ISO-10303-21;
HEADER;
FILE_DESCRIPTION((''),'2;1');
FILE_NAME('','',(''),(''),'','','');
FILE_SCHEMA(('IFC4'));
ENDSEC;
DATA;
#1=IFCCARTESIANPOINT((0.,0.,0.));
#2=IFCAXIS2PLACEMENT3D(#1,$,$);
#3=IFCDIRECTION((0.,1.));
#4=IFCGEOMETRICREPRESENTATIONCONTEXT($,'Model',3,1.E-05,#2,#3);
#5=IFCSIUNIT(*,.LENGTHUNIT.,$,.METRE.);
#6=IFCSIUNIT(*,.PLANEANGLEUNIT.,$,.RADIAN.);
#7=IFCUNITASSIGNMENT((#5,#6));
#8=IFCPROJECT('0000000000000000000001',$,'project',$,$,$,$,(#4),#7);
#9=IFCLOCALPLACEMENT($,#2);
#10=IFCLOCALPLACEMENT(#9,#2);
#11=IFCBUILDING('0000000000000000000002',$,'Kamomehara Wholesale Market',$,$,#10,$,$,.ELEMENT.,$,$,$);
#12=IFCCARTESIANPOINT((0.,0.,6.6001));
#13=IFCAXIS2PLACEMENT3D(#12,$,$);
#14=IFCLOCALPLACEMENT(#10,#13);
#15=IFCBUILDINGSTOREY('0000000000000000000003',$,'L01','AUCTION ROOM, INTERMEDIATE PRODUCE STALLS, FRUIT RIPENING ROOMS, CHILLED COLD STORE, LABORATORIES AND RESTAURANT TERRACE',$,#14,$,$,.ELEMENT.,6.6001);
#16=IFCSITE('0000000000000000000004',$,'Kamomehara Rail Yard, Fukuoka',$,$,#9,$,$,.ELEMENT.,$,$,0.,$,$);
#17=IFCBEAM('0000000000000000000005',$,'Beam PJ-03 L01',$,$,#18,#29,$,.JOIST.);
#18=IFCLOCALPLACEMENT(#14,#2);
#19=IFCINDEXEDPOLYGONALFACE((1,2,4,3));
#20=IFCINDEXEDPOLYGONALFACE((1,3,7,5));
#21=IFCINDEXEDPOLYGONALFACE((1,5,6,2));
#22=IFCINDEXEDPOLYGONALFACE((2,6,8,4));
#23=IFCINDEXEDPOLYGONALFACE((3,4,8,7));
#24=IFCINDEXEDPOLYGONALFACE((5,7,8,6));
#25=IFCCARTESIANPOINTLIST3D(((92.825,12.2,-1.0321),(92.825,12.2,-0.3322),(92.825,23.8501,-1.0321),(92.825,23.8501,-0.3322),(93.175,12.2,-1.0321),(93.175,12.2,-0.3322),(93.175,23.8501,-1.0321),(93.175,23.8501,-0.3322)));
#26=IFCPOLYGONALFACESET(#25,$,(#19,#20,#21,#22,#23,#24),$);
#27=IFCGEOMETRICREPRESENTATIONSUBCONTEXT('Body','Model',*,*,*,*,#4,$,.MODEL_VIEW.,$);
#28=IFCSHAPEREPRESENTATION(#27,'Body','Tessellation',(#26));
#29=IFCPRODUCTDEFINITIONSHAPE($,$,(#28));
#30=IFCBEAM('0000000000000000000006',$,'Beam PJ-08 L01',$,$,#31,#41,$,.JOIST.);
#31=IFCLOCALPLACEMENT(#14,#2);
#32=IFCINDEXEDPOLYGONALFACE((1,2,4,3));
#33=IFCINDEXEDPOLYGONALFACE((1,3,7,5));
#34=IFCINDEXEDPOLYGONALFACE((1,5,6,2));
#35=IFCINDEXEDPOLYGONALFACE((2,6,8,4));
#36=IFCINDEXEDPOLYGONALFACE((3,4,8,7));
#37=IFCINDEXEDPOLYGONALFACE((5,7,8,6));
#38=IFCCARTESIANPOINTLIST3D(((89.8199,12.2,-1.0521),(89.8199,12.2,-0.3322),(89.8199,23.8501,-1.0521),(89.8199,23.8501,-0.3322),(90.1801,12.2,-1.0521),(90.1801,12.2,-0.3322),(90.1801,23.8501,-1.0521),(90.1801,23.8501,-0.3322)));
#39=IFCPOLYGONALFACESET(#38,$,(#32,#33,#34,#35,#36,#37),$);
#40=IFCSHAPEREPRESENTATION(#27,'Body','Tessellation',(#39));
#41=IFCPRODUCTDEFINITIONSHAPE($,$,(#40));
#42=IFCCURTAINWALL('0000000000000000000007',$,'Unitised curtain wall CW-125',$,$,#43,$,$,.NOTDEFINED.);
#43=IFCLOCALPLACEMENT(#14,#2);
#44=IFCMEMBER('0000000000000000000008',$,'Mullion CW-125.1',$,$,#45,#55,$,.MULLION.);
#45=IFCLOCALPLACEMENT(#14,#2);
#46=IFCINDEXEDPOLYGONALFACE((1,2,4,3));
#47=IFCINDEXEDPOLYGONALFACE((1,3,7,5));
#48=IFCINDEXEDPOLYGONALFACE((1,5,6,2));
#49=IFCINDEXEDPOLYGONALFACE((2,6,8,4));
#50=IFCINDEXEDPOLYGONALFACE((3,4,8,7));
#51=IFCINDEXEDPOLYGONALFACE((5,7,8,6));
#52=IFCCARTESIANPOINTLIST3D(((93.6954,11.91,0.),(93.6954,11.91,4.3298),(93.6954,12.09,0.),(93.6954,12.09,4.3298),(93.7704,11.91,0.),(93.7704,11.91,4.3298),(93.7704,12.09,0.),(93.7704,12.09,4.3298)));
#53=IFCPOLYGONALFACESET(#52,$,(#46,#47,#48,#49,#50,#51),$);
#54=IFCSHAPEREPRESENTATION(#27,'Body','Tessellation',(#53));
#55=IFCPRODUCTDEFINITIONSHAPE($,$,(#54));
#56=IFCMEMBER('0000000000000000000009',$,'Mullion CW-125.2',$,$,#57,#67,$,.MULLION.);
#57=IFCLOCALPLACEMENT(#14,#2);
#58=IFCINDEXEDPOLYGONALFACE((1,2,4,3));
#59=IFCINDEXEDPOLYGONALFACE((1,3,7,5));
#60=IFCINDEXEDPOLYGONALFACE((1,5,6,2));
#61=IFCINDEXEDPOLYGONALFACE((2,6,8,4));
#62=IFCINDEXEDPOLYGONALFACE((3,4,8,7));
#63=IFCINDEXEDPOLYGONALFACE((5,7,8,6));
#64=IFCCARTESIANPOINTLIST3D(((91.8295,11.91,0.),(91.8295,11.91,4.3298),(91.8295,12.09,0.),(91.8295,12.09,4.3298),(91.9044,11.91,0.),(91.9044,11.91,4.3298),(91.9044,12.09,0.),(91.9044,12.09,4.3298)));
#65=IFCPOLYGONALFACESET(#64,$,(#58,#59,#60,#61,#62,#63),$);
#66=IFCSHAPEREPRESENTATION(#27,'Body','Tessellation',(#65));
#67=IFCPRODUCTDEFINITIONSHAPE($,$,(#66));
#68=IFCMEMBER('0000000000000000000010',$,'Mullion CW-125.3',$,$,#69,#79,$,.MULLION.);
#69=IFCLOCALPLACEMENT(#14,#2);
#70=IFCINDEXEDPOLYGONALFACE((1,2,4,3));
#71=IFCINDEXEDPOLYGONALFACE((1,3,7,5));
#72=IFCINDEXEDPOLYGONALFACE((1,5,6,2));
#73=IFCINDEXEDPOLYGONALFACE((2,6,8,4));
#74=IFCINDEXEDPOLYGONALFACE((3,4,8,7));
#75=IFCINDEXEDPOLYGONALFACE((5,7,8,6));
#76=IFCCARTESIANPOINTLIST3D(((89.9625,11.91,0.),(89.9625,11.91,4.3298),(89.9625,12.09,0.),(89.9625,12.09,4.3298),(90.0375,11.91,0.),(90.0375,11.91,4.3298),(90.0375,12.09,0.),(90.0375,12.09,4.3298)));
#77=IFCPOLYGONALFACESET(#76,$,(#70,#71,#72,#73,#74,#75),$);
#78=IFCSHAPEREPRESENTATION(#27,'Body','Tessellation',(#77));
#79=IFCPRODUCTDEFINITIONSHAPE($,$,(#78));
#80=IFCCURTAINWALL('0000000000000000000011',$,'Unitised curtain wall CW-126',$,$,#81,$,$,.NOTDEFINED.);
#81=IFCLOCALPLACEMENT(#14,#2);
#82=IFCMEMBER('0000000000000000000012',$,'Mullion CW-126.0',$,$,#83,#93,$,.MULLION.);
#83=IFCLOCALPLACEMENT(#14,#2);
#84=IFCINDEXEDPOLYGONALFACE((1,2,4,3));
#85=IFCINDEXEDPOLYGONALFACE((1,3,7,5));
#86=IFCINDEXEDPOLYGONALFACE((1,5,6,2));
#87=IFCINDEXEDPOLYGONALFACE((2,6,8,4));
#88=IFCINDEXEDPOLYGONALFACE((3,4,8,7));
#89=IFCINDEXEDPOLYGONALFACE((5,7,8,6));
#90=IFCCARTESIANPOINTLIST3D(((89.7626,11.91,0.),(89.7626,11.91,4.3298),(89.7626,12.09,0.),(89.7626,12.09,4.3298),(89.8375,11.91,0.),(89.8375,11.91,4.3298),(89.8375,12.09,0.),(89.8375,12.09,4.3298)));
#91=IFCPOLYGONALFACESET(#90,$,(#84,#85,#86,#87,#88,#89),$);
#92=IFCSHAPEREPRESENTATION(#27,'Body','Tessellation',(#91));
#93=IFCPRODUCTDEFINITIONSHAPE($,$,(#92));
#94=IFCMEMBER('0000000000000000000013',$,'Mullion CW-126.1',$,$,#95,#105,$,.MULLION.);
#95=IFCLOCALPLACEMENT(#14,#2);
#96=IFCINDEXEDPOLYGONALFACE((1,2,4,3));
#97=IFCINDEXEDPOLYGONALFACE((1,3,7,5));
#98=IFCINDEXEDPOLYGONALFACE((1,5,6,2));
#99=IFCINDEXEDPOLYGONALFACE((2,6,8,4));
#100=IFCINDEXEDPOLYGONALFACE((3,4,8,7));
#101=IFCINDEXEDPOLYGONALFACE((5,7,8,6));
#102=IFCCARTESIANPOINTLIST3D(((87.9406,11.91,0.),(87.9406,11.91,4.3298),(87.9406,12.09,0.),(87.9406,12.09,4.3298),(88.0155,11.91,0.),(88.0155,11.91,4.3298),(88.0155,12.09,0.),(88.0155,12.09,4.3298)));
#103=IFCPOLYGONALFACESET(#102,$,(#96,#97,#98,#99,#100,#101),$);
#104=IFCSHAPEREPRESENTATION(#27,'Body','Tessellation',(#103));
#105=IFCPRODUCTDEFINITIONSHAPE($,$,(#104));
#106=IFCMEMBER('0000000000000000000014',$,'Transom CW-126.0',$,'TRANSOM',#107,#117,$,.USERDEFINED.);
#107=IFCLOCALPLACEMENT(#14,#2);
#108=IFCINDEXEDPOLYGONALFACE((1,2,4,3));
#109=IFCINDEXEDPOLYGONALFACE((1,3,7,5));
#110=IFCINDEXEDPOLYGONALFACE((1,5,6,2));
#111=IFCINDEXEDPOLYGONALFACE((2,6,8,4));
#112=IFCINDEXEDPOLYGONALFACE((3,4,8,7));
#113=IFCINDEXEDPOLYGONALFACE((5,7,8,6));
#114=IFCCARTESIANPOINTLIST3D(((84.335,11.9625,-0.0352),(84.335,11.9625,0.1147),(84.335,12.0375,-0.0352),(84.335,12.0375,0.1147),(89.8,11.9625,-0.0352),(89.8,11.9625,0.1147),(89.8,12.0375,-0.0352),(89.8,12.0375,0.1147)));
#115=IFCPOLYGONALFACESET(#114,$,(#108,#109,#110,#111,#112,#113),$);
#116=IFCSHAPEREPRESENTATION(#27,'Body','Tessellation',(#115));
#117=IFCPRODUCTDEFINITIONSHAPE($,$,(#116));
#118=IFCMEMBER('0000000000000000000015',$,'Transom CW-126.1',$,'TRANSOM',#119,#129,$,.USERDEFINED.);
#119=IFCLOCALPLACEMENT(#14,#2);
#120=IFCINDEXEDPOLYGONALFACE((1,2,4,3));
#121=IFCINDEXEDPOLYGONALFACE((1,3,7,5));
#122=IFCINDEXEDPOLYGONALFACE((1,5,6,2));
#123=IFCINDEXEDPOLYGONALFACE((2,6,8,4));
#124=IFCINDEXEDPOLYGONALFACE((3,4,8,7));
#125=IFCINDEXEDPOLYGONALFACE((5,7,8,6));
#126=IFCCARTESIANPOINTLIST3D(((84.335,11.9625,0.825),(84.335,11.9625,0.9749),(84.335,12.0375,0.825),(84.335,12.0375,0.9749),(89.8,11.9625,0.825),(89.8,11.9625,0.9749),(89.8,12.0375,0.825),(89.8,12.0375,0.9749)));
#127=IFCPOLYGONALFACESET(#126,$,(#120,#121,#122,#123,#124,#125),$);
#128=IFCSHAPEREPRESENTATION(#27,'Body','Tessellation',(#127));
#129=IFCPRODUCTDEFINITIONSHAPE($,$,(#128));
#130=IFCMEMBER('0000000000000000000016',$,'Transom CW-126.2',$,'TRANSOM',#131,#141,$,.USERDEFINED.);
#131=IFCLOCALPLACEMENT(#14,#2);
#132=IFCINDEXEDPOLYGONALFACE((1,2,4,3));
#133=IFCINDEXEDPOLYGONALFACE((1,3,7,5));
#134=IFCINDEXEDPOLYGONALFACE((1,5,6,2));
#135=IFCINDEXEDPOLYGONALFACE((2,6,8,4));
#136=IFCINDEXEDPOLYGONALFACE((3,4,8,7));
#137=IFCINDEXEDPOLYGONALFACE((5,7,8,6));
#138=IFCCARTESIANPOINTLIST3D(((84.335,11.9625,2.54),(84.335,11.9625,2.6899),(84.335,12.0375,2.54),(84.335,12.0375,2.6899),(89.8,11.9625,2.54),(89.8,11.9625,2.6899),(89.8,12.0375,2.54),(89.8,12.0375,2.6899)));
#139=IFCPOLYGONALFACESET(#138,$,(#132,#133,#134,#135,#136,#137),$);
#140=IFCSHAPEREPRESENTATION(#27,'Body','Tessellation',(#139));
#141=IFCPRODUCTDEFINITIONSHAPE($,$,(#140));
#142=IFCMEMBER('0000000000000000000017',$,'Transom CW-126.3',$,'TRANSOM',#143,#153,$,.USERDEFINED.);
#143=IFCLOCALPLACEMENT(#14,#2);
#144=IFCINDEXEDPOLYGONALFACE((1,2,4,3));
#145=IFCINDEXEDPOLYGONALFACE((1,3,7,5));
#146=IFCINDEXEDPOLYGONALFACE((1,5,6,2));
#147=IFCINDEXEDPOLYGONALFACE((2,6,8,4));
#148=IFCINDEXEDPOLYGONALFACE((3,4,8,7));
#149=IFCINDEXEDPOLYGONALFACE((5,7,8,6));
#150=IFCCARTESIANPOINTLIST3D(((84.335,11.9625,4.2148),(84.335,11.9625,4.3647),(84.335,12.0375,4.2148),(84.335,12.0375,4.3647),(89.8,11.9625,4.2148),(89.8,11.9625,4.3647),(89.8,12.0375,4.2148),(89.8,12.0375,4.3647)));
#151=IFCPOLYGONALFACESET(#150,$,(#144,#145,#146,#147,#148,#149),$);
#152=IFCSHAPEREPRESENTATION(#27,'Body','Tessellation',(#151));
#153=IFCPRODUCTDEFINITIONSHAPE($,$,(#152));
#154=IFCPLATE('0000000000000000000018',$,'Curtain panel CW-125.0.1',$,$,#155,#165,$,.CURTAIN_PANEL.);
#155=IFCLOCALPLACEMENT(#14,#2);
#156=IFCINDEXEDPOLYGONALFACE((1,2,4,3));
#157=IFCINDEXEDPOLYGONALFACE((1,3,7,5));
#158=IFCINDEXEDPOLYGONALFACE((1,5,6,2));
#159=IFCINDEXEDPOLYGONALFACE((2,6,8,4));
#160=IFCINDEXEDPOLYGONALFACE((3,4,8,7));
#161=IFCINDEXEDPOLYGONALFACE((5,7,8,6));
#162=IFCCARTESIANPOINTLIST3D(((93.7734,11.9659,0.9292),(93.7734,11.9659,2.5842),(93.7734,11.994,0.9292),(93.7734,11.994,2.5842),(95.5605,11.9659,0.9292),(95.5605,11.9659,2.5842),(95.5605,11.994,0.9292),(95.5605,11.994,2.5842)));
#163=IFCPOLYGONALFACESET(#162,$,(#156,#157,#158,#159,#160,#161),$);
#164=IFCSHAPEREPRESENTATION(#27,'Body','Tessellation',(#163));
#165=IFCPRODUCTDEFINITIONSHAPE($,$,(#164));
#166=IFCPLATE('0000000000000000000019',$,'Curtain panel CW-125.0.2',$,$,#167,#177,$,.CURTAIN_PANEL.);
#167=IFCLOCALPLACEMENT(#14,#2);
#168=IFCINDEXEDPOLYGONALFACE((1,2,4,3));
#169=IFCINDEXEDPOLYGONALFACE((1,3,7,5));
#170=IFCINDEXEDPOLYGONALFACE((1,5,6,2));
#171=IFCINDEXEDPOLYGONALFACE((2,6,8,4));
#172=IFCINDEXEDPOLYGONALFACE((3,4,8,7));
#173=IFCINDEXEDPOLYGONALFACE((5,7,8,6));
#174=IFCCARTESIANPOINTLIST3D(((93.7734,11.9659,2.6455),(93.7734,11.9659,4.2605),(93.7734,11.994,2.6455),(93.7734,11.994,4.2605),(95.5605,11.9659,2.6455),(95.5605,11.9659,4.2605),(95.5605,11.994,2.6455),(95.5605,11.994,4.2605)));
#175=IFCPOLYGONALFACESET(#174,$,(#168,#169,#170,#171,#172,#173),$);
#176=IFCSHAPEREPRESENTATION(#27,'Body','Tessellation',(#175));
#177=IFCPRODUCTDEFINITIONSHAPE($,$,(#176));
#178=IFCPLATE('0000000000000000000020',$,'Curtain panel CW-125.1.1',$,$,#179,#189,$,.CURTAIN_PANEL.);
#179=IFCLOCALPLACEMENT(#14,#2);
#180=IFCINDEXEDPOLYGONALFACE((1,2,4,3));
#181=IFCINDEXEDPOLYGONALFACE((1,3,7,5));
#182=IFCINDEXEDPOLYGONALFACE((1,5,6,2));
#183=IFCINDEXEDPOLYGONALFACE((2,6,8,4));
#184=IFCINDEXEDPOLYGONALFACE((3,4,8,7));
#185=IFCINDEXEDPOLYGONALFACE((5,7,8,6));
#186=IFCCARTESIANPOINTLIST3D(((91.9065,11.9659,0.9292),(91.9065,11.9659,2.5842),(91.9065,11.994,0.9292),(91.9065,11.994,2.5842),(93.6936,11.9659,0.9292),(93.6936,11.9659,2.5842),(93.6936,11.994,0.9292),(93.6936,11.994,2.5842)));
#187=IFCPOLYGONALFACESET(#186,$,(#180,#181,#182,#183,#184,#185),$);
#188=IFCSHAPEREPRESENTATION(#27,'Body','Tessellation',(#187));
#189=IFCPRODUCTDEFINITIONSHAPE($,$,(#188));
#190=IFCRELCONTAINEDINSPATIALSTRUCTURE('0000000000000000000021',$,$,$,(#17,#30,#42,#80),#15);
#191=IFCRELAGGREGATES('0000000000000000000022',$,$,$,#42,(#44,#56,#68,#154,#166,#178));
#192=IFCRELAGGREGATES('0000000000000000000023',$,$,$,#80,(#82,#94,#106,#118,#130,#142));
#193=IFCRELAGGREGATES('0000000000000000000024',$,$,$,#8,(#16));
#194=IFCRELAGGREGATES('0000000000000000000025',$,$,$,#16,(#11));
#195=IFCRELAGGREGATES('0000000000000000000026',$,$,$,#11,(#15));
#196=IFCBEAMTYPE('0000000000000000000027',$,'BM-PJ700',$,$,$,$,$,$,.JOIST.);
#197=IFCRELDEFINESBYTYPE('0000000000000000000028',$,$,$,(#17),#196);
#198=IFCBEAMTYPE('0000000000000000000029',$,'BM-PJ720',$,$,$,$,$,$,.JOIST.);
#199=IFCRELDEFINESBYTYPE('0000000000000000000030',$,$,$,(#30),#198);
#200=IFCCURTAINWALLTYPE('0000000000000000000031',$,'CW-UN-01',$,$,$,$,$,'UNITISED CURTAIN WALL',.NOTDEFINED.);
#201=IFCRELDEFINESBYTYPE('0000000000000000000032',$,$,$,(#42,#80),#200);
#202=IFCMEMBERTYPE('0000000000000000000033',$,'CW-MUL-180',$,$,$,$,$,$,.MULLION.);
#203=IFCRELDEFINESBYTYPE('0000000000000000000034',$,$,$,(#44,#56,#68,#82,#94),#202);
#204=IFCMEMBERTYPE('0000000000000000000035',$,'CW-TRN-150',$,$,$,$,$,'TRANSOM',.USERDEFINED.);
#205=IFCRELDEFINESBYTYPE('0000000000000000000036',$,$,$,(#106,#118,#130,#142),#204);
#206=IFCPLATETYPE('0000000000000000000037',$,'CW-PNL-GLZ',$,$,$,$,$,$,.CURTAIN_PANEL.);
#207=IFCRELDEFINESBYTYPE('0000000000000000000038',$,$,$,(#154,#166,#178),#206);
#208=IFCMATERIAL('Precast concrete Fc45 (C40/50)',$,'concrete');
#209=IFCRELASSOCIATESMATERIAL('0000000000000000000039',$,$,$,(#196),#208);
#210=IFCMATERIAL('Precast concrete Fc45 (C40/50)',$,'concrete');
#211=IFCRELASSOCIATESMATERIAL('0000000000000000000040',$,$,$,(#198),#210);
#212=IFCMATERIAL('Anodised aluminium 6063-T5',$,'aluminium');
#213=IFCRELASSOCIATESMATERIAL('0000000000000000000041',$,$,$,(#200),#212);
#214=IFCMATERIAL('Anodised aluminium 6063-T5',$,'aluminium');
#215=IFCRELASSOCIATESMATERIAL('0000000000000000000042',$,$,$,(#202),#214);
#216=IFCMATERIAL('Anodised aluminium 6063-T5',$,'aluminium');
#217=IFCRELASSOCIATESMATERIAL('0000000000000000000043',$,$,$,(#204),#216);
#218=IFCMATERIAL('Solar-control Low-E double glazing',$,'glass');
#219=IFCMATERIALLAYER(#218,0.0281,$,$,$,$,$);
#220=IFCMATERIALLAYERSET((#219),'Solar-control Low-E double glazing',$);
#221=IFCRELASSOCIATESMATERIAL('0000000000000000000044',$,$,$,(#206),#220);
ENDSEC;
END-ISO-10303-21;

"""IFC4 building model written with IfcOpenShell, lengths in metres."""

from ifc_helpers import new_model, si_unit, direction, frame, origin, origin_2d, place, context, subcontext, project, spatial, rectangle, extrude, material, layer, layer_set, material_profile, profile_set, type_object, element, aggregate, save


model = new_model("IFC4")

# Units and contexts
model_context = context("Model", 3, precision=1e-05, world=origin(), true_north=direction((0.0, 1.0)))
body_context = subcontext(model_context, "Body", "Model", "MODEL_VIEW")
ifc_project = project(units=[si_unit("LENGTHUNIT", "METRE"), si_unit("PLANEANGLEUNIT", "RADIAN")], contexts=[model_context])

# Site, building, storey
site_placement = place(None, origin())
site = spatial("IfcSite", under=ifc_project, at=site_placement, Name="Kamomehara Rail Yard, Fukuoka", CompositionType="ELEMENT", RefElevation=0.0)
building_placement = place(site_placement, origin())
building = spatial("IfcBuilding", under=site, at=building_placement, Name="Kamomehara Wholesale Market", CompositionType="ELEMENT")
storey_placement = place(building_placement, frame((0.0, 0.0, 6.6001)))
storey = spatial("IfcBuildingStorey", under=building, at=storey_placement, Name="L01", Description="AUCTION ROOM, INTERMEDIATE PRODUCE STALLS, FRUIT RIPENING ROOMS, CHILLED COLD STORE, LABORATORIES AND RESTAURANT TERRACE", CompositionType="ELEMENT", Elevation=6.6001)

# Beams
ifc_material_1 = material(Name="Precast concrete Fc45 (C40/50)", Category="concrete")
ifc_material_profile_1 = material_profile(ifc_material_1, rectangle(XDim=0.3501, YDim=0.7, at=origin_2d()), Name="PC-JST-350x700")
ifc_profile_set_1 = profile_set([ifc_material_profile_1], Name="Precast concrete Fc45 (C40/50)")
beam_type_1 = type_object("IfcBeamType", Name="BM-PJ700", PredefinedType="JOIST", material=ifc_profile_set_1)
beam_1_placement = place(storey_placement, frame((93.0, 12.2, -0.6821), z_axis=(0.0, 1.0, 0.0), x_axis=(-1.0, 0.0, 0.0)))
element("IfcBeam", 1, at=beam_1_placement, inside=storey, type_object=beam_type_1, Name="Beam PJ-03 L01", PredefinedType="JOIST", context=body_context, shape_type="SweptSolid", body=[
    extrude(rectangle(XDim=0.3501, YDim=0.7, at=origin_2d()), origin(), (0.0, 0.0, 1.0), 11.6501),
])
ifc_material_2 = material(Name="Precast concrete Fc45 (C40/50)", Category="concrete")
ifc_material_profile_2 = material_profile(ifc_material_2, rectangle(XDim=0.3601, YDim=0.72, at=origin_2d()), Name="PC-JST-360x720")
ifc_profile_set_2 = profile_set([ifc_material_profile_2], Name="Precast concrete Fc45 (C40/50)")
beam_type_2 = type_object("IfcBeamType", Name="BM-PJ720", PredefinedType="JOIST", material=ifc_profile_set_2)
beam_2_placement = place(storey_placement, frame((90.0, 12.2, -0.6921), z_axis=(0.0, 1.0, 0.0), x_axis=(-1.0, 0.0, 0.0)))
element("IfcBeam", 2, at=beam_2_placement, inside=storey, type_object=beam_type_2, Name="Beam PJ-08 L01", PredefinedType="JOIST", context=body_context, shape_type="SweptSolid", body=[
    extrude(rectangle(XDim=0.3601, YDim=0.72, at=origin_2d()), origin(), (0.0, 0.0, 1.0), 11.6501),
])

# Curtain walls, members
ifc_material_3 = material(Name="Anodised aluminium 6063-T5", Category="aluminium")
curtain_wall_type = type_object("IfcCurtainWallType", Name="CW-UN-01", ElementType="UNITISED CURTAIN WALL", PredefinedType="NOTDEFINED", material=ifc_material_3)
curtain_wall_1_placement = place(storey_placement, origin())
curtain_wall_1 = element("IfcCurtainWall", 3, at=curtain_wall_1_placement, inside=storey, type_object=curtain_wall_type, Name="Unitised curtain wall CW-125", PredefinedType="NOTDEFINED")
ifc_material_4 = material(Name="Anodised aluminium 6063-T5", Category="aluminium")
ifc_material_profile_3 = material_profile(ifc_material_4, rectangle(XDim=0.075, YDim=0.1799, at=origin_2d()), Name="ALU-MUL-75x180")
ifc_profile_set_3 = profile_set([ifc_material_profile_3], Name="Anodised aluminium 6063-T5")
member_type_1 = type_object("IfcMemberType", Name="CW-MUL-180", PredefinedType="MULLION", material=ifc_profile_set_3)
member_1_placement = place(storey_placement, frame((93.7329, 12.0, 0.0), z_axis=(0.0, 0.0, 1.0), x_axis=(-1.0, 0.0, 0.0)))
member_1 = element("IfcMember", 4, at=member_1_placement, type_object=member_type_1, Name="Mullion CW-125.1", PredefinedType="MULLION", context=body_context, shape_type="SweptSolid", body=[
    extrude(rectangle(XDim=0.075, YDim=0.1799, at=origin_2d()), origin(), (0.0, 0.0, 1.0), 4.3298),
])
member_2_placement = place(storey_placement, frame((91.8669, 12.0, 0.0), z_axis=(0.0, 0.0, 1.0), x_axis=(-1.0, 0.0, 0.0)))
member_2 = element("IfcMember", 5, at=member_2_placement, type_object=member_type_1, Name="Mullion CW-125.2", PredefinedType="MULLION", context=body_context, shape_type="SweptSolid", body=[
    extrude(rectangle(XDim=0.075, YDim=0.1799, at=origin_2d()), origin(), (0.0, 0.0, 1.0), 4.3298),
])
member_3_placement = place(storey_placement, frame((90.0, 12.0, 0.0), z_axis=(0.0, 0.0, 1.0), x_axis=(-1.0, 0.0, 0.0)))
member_3 = element("IfcMember", 6, at=member_3_placement, type_object=member_type_1, Name="Mullion CW-125.3", PredefinedType="MULLION", context=body_context, shape_type="SweptSolid", body=[
    extrude(rectangle(XDim=0.075, YDim=0.1799, at=origin_2d()), origin(), (0.0, 0.0, 1.0), 4.3298),
])
curtain_wall_2_placement = place(storey_placement, origin())
curtain_wall_2 = element("IfcCurtainWall", 7, at=curtain_wall_2_placement, inside=storey, type_object=curtain_wall_type, Name="Unitised curtain wall CW-126", PredefinedType="NOTDEFINED")
member_4_placement = place(storey_placement, frame((89.8, 12.0, 0.0), z_axis=(0.0, 0.0, 1.0), x_axis=(-1.0, 0.0, 0.0)))
member_4 = element("IfcMember", 8, at=member_4_placement, type_object=member_type_1, Name="Mullion CW-126.0", PredefinedType="MULLION", context=body_context, shape_type="SweptSolid", body=[
    extrude(rectangle(XDim=0.075, YDim=0.1799, at=origin_2d()), origin(), (0.0, 0.0, 1.0), 4.3298),
])
member_5_placement = place(storey_placement, frame((87.978, 12.0, 0.0), z_axis=(0.0, 0.0, 1.0), x_axis=(-1.0, 0.0, 0.0)))
member_5 = element("IfcMember", 9, at=member_5_placement, type_object=member_type_1, Name="Mullion CW-126.1", PredefinedType="MULLION", context=body_context, shape_type="SweptSolid", body=[
    extrude(rectangle(XDim=0.075, YDim=0.1799, at=origin_2d()), origin(), (0.0, 0.0, 1.0), 4.3298),
])
ifc_material_5 = material(Name="Anodised aluminium 6063-T5", Category="aluminium")
ifc_material_profile_4 = material_profile(ifc_material_5, rectangle(XDim=0.075, YDim=0.1499, at=origin_2d()), Name="ALU-TRN-75x150")
ifc_profile_set_4 = profile_set([ifc_material_profile_4], Name="Anodised aluminium 6063-T5")
member_type_2 = type_object("IfcMemberType", Name="CW-TRN-150", ElementType="TRANSOM", PredefinedType="USERDEFINED", material=ifc_profile_set_4)
member_6_placement = place(storey_placement, frame((89.8, 12.0, 0.0398), z_axis=(-1.0, 0.0, 0.0), x_axis=(0.0, -1.0, 0.0)))
member_6 = element("IfcMember", 10, at=member_6_placement, type_object=member_type_2, Name="Transom CW-126.0", ObjectType="TRANSOM", PredefinedType="USERDEFINED", context=body_context, shape_type="SweptSolid", body=[
    extrude(rectangle(XDim=0.075, YDim=0.1499, at=origin_2d()), origin(), (0.0, 0.0, 1.0), 5.4651),
])
member_7_placement = place(storey_placement, frame((89.8, 12.0, 0.8999), z_axis=(-1.0, 0.0, 0.0), x_axis=(0.0, -1.0, 0.0)))
member_7 = element("IfcMember", 11, at=member_7_placement, type_object=member_type_2, Name="Transom CW-126.1", ObjectType="TRANSOM", PredefinedType="USERDEFINED", context=body_context, shape_type="SweptSolid", body=[
    extrude(rectangle(XDim=0.075, YDim=0.1499, at=origin_2d()), origin(), (0.0, 0.0, 1.0), 5.4651),
])
member_8_placement = place(storey_placement, frame((89.8, 12.0, 2.615), z_axis=(-1.0, 0.0, 0.0), x_axis=(0.0, -1.0, 0.0)))
member_8 = element("IfcMember", 12, at=member_8_placement, type_object=member_type_2, Name="Transom CW-126.2", ObjectType="TRANSOM", PredefinedType="USERDEFINED", context=body_context, shape_type="SweptSolid", body=[
    extrude(rectangle(XDim=0.075, YDim=0.1499, at=origin_2d()), origin(), (0.0, 0.0, 1.0), 5.4651),
])
member_9_placement = place(storey_placement, frame((89.8, 12.0, 4.2898), z_axis=(-1.0, 0.0, 0.0), x_axis=(0.0, -1.0, 0.0)))
member_9 = element("IfcMember", 13, at=member_9_placement, type_object=member_type_2, Name="Transom CW-126.3", ObjectType="TRANSOM", PredefinedType="USERDEFINED", context=body_context, shape_type="SweptSolid", body=[
    extrude(rectangle(XDim=0.075, YDim=0.1499, at=origin_2d()), origin(), (0.0, 0.0, 1.0), 5.4651),
])

# Plates
ifc_material_6 = material(Name="Solar-control Low-E double glazing", Category="glass")
ifc_layer_1 = layer(ifc_material_6, 0.0281)
ifc_layer_set_1 = layer_set([ifc_layer_1], Name="Solar-control Low-E double glazing")
plate_type_1 = type_object("IfcPlateType", Name="CW-PNL-GLZ", PredefinedType="CURTAIN_PANEL", material=ifc_layer_set_1)
plate_1_placement = place(storey_placement, frame((94.667, 11.98, 0.9292), z_axis=(0.0, 0.0, 1.0), x_axis=(-1.0, 0.0, 0.0)))
plate_1 = element("IfcPlate", 14, at=plate_1_placement, type_object=plate_type_1, Name="Curtain panel CW-125.0.1", PredefinedType="CURTAIN_PANEL", context=body_context, shape_type="SweptSolid", body=[
    extrude(rectangle(XDim=1.7871, YDim=0.0281, at=origin_2d()), origin(), (0.0, 0.0, 1.0), 1.655),
])
plate_2_placement = place(storey_placement, frame((94.667, 11.98, 2.6455), z_axis=(0.0, 0.0, 1.0), x_axis=(-1.0, 0.0, 0.0)))
plate_2 = element("IfcPlate", 15, at=plate_2_placement, type_object=plate_type_1, Name="Curtain panel CW-125.0.2", PredefinedType="CURTAIN_PANEL", context=body_context, shape_type="SweptSolid", body=[
    extrude(rectangle(XDim=1.7871, YDim=0.0281, at=origin_2d()), origin(), (0.0, 0.0, 1.0), 1.615),
])
plate_3_placement = place(storey_placement, frame((92.8, 11.98, 0.9292), z_axis=(0.0, 0.0, 1.0), x_axis=(-1.0, 0.0, 0.0)))
plate_3 = element("IfcPlate", 16, at=plate_3_placement, type_object=plate_type_1, Name="Curtain panel CW-125.1.1", PredefinedType="CURTAIN_PANEL", context=body_context, shape_type="SweptSolid", body=[
    extrude(rectangle(XDim=1.7871, YDim=0.0281, at=origin_2d()), origin(), (0.0, 0.0, 1.0), 1.655),
])
aggregate(curtain_wall_1, [member_1, member_2, member_3, plate_1, plate_2, plate_3])
aggregate(curtain_wall_2, [member_4, member_5, member_6, member_7, member_8, member_9])

save(model, "model.ifc")
